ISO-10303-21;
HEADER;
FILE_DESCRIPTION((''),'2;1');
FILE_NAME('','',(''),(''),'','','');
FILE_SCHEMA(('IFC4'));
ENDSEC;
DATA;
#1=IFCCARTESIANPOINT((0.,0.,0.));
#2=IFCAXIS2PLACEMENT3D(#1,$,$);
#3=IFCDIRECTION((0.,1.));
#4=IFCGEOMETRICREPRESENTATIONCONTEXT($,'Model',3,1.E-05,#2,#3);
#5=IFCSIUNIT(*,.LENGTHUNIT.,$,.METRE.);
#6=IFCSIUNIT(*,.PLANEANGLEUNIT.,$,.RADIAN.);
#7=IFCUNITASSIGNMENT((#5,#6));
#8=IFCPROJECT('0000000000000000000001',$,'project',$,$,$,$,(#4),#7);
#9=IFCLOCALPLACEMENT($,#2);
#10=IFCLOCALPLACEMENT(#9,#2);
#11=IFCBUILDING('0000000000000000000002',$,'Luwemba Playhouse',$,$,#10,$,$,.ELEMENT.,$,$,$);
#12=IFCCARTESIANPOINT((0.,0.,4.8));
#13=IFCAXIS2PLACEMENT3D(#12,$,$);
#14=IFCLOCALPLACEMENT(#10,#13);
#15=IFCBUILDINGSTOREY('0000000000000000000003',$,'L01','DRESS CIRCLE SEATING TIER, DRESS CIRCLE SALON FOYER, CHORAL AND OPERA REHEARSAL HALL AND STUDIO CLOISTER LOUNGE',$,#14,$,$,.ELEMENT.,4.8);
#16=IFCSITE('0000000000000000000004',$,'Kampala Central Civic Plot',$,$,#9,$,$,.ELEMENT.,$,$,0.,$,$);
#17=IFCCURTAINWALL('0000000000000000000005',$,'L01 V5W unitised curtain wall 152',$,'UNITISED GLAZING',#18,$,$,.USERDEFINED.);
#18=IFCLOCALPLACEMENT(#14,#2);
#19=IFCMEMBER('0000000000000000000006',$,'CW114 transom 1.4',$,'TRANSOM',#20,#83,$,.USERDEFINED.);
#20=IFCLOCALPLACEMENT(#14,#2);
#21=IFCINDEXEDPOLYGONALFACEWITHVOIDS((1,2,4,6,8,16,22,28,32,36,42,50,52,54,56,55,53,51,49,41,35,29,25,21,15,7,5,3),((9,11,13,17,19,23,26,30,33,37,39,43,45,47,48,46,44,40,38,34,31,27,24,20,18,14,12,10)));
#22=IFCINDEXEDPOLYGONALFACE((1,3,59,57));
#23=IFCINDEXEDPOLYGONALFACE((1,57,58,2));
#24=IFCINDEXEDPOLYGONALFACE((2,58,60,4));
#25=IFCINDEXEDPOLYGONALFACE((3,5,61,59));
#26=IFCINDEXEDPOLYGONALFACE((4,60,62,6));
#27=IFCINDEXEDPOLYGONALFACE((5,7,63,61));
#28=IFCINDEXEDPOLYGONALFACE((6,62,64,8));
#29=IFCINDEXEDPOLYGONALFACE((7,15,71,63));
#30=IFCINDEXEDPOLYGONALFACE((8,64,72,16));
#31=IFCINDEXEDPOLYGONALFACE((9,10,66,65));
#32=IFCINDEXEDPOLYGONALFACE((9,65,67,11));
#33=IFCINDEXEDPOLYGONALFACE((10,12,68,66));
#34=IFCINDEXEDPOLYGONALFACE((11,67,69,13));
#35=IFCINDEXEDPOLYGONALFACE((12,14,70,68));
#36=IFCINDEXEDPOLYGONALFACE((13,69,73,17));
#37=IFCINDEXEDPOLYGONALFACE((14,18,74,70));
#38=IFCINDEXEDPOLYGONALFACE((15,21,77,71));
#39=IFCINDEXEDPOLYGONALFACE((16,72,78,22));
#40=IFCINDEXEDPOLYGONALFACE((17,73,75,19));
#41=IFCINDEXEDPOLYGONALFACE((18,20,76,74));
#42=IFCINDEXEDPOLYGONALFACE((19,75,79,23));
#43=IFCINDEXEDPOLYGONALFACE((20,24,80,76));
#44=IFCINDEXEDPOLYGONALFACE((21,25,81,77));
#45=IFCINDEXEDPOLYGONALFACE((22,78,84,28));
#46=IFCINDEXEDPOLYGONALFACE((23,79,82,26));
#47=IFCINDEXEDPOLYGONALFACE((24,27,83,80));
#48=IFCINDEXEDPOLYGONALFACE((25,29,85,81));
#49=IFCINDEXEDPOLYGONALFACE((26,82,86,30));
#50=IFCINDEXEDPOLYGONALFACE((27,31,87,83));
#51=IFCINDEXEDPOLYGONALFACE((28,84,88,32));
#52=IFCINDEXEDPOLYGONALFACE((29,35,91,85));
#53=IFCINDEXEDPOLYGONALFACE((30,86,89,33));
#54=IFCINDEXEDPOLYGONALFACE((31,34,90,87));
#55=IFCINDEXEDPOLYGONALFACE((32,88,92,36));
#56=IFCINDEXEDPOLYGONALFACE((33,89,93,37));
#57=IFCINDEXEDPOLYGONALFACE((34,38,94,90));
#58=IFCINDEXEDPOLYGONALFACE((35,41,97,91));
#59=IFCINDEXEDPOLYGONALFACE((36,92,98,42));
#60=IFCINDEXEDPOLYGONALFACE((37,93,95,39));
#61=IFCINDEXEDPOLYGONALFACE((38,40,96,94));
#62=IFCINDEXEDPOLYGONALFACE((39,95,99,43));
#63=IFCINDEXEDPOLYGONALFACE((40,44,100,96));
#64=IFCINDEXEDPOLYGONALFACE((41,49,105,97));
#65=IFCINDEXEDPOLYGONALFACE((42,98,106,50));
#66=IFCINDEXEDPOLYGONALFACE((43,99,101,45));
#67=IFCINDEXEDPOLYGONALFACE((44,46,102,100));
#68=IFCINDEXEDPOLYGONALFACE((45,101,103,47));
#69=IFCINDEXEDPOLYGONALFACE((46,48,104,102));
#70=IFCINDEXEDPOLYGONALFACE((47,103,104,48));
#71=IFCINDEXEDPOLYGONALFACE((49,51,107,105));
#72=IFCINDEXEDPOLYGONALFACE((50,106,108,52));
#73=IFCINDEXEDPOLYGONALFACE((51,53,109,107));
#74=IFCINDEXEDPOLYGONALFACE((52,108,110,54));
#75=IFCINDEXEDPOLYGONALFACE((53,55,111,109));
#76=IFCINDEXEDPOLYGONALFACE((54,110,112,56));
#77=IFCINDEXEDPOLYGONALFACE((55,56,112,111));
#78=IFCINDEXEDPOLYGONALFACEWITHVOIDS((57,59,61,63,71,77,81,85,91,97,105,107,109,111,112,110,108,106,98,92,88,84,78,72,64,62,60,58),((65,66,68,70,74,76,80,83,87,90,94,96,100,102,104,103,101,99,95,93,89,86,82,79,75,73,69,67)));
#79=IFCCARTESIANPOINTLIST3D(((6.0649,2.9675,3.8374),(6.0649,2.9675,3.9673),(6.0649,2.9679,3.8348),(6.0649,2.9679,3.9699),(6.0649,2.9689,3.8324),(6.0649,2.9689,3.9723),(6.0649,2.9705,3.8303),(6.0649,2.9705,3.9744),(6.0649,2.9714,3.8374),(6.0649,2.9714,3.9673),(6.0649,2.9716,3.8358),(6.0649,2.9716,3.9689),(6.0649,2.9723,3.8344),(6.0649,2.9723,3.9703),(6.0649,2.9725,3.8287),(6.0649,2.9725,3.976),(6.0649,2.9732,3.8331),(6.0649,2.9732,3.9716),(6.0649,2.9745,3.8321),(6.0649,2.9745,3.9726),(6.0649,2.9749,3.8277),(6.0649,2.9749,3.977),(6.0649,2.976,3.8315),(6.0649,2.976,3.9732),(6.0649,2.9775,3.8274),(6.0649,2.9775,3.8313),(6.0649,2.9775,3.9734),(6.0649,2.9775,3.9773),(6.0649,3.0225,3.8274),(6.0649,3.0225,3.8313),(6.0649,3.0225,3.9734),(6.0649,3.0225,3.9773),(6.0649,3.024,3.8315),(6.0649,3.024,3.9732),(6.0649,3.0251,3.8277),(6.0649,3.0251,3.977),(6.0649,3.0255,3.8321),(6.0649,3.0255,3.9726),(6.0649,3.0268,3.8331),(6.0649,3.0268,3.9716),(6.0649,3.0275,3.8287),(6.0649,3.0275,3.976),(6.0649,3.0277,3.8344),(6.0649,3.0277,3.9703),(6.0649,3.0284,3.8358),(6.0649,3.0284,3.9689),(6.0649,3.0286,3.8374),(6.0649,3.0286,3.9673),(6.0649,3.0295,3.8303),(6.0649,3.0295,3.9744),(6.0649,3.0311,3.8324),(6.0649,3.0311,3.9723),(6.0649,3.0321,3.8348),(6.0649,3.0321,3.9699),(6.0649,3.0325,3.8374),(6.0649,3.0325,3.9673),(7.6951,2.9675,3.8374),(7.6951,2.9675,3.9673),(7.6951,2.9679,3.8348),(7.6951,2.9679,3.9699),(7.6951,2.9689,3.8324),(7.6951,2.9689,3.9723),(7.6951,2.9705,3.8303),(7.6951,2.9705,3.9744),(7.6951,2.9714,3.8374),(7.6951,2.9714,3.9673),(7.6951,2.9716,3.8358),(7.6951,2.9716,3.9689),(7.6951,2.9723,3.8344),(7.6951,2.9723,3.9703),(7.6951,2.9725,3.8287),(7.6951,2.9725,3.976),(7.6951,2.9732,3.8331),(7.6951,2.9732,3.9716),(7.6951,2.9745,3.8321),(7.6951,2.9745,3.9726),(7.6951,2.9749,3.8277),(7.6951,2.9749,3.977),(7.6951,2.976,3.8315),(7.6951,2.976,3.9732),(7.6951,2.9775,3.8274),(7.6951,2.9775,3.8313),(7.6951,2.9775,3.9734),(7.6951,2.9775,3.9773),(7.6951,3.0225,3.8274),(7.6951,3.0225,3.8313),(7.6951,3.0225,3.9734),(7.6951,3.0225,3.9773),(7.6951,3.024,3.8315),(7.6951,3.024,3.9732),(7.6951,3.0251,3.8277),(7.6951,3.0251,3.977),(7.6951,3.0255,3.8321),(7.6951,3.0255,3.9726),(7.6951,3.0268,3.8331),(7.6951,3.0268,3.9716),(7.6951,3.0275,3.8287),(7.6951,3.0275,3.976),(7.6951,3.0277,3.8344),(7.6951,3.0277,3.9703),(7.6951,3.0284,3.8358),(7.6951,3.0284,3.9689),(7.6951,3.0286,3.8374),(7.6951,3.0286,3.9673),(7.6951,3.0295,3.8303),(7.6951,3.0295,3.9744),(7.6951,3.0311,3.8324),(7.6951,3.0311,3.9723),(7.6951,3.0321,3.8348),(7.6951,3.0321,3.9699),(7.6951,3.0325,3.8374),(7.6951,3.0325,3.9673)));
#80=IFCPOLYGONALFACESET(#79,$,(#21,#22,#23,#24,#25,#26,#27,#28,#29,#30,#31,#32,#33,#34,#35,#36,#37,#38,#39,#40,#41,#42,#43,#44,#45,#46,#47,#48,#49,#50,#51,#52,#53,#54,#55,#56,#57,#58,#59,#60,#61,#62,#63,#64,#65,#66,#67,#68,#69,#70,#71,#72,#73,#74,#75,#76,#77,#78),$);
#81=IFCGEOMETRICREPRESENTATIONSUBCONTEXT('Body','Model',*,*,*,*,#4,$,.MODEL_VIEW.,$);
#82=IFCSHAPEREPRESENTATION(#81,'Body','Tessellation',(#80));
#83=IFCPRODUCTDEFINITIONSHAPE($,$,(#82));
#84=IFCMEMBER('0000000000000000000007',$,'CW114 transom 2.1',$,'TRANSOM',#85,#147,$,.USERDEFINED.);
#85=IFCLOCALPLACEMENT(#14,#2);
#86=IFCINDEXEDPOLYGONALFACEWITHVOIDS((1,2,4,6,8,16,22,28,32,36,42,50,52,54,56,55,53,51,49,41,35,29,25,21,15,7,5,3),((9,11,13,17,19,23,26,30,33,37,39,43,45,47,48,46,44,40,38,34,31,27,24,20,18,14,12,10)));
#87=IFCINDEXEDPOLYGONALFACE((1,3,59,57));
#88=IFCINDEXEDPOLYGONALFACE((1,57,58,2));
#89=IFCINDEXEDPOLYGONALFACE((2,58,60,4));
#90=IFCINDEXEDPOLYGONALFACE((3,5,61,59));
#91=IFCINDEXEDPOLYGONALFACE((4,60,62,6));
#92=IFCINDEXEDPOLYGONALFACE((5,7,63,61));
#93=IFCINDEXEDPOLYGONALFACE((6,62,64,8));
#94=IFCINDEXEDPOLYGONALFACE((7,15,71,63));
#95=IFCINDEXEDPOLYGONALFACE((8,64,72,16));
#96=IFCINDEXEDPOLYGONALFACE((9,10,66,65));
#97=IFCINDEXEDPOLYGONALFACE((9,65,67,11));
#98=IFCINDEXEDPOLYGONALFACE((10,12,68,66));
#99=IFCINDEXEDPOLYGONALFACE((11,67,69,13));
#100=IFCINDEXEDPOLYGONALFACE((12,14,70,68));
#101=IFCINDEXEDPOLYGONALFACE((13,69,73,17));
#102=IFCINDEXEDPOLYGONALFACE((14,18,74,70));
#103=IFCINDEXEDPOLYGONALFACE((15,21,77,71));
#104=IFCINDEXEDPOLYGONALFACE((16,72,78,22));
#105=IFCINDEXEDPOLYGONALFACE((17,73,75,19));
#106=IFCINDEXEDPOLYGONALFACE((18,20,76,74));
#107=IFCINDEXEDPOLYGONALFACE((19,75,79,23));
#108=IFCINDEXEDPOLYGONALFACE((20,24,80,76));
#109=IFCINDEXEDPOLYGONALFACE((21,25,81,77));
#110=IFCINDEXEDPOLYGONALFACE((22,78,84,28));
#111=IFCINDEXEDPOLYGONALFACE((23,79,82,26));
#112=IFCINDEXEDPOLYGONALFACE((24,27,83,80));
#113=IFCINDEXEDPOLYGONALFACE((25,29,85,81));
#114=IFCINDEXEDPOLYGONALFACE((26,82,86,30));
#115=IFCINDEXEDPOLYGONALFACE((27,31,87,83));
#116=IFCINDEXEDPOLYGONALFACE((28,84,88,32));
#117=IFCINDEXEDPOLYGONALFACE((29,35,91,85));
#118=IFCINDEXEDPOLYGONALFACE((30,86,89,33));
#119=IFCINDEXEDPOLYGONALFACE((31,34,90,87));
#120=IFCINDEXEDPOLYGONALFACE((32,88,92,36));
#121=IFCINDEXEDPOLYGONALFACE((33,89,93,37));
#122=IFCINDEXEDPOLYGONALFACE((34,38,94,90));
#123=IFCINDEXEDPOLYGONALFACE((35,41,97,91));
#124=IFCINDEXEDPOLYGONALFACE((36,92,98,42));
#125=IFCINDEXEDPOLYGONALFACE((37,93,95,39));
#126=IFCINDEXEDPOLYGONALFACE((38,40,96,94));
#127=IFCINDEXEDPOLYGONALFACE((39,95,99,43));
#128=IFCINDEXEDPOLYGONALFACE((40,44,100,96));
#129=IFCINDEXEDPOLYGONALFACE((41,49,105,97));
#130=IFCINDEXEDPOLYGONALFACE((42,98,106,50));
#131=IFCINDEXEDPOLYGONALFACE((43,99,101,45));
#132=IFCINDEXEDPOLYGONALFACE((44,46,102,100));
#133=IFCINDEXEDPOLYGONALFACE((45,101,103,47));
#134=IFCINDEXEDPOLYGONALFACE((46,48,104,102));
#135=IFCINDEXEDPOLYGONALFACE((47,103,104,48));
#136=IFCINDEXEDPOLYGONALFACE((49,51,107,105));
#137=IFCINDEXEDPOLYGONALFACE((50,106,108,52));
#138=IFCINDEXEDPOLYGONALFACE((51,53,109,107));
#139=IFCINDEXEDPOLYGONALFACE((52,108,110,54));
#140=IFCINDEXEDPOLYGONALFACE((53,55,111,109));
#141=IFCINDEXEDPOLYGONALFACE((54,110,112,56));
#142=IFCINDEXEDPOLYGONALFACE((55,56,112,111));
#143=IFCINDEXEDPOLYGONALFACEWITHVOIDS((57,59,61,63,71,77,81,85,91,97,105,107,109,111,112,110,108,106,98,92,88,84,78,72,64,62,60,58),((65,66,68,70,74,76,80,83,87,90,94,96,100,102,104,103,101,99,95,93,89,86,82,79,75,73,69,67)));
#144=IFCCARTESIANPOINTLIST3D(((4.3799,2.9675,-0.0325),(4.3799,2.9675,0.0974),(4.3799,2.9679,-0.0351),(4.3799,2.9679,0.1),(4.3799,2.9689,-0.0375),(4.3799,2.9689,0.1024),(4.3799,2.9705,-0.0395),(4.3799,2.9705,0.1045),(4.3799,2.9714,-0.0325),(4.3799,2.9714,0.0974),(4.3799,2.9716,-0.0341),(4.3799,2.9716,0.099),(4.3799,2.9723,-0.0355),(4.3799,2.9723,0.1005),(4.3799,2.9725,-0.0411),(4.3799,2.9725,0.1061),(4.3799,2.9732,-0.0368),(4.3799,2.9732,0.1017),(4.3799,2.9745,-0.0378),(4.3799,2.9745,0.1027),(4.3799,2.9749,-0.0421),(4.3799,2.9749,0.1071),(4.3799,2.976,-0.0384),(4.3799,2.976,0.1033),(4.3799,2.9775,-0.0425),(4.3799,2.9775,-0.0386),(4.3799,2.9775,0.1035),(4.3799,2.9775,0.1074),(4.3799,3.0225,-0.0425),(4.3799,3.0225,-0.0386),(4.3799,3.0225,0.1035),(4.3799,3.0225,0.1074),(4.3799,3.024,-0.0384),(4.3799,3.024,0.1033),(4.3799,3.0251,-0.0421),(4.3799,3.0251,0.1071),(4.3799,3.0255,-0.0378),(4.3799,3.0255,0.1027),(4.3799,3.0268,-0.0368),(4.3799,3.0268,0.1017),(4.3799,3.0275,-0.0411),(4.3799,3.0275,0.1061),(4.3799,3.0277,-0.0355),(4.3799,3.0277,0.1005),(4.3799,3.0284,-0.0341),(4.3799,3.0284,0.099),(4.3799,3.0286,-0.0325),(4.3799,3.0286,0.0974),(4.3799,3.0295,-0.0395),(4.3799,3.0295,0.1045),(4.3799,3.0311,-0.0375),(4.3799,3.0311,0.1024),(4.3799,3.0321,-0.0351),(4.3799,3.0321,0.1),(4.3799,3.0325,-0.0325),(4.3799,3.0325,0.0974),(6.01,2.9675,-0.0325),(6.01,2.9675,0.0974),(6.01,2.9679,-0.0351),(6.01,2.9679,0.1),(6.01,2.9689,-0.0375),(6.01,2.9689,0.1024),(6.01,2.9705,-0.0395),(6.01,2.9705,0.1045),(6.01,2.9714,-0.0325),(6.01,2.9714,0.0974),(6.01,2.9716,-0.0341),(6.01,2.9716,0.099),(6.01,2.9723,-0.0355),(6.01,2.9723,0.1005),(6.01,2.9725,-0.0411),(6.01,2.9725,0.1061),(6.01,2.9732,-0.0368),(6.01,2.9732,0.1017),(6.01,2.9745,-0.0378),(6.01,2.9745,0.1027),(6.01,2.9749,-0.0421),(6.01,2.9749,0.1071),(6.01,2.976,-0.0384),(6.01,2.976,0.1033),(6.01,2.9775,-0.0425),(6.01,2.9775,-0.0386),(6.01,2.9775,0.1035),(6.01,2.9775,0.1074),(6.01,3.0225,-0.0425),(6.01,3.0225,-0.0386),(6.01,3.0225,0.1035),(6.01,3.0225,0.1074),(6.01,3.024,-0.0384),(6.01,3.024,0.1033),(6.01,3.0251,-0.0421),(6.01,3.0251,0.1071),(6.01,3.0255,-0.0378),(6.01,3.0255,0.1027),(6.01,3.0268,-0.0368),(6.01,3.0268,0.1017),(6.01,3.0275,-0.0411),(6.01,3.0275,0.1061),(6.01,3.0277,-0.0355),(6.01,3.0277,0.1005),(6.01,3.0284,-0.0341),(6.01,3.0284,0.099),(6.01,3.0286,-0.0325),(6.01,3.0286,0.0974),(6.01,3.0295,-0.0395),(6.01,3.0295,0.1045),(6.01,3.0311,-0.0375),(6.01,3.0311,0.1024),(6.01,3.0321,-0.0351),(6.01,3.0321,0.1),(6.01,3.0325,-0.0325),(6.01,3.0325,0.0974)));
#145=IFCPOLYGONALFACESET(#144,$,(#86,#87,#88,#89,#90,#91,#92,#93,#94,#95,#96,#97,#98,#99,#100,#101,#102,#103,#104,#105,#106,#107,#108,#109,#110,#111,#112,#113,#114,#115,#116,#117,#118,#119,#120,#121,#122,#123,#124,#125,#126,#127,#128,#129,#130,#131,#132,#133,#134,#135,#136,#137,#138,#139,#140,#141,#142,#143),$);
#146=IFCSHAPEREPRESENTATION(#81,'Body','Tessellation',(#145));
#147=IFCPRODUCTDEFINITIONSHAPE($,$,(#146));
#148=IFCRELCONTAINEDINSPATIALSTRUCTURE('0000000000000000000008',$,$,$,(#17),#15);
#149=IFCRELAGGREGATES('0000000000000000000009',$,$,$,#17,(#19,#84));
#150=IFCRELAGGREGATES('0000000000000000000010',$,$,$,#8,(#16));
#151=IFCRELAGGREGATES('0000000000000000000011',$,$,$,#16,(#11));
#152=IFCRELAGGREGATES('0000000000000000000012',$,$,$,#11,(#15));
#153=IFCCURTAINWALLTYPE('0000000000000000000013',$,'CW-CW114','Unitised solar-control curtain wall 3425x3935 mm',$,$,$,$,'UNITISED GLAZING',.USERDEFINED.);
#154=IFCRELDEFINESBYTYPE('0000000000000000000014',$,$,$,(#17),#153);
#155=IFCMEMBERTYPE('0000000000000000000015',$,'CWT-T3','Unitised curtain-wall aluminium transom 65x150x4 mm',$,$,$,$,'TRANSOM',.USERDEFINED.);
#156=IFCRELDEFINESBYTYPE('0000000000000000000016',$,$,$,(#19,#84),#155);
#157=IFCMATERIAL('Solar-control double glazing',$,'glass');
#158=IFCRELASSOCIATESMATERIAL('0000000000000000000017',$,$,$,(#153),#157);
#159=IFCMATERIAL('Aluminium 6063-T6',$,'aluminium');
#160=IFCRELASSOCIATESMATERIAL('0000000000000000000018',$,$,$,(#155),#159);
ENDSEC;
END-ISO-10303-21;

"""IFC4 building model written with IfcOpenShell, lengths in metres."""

from ifc_helpers import new_model, si_unit, direction, frame, origin, origin_2d, place, context, subcontext, project, spatial, hollow_rectangle, extrude, material, material_profile, profile_set, type_object, element, aggregate, save


model = new_model("IFC4")

# Units and contexts
model_context = context("Model", 3, precision=1e-05, world=origin(), true_north=direction((0.0, 1.0)))
body_context = subcontext(model_context, "Body", "Model", "MODEL_VIEW")
ifc_project = project(units=[si_unit("LENGTHUNIT", "METRE"), si_unit("PLANEANGLEUNIT", "RADIAN")], contexts=[model_context])

# Site, building, storey
site_placement = place(None, origin())
site = spatial("IfcSite", under=ifc_project, at=site_placement, Name="Kampala Central Civic Plot", CompositionType="ELEMENT", RefElevation=0.0)
building_placement = place(site_placement, origin())
building = spatial("IfcBuilding", under=site, at=building_placement, Name="Luwemba Playhouse", CompositionType="ELEMENT")
storey_placement = place(building_placement, frame((0.0, 0.0, 4.8)))
storey = spatial("IfcBuildingStorey", under=building, at=storey_placement, Name="L01", Description="DRESS CIRCLE SEATING TIER, DRESS CIRCLE SALON FOYER, CHORAL AND OPERA REHEARSAL HALL AND STUDIO CLOISTER LOUNGE", CompositionType="ELEMENT", Elevation=4.8)

# Curtain wall, members
ifc_material_1 = material(Name="Solar-control double glazing", Category="glass")
curtain_wall_type = type_object("IfcCurtainWallType", Name="CW-CW114", Description="Unitised solar-control curtain wall 3425x3935 mm", ElementType="UNITISED GLAZING", PredefinedType="USERDEFINED", material=ifc_material_1)
curtain_wall_placement = place(storey_placement, origin())
curtain_wall = element("IfcCurtainWall", 1, at=curtain_wall_placement, inside=storey, type_object=curtain_wall_type, Name="L01 V5W unitised curtain wall 152", ObjectType="UNITISED GLAZING", PredefinedType="USERDEFINED")
ifc_material_2 = material(Name="Aluminium 6063-T6", Category="aluminium")
ifc_material_profile_1 = material_profile(ifc_material_2, hollow_rectangle(XDim=0.0649, YDim=0.1499, WallThickness=0.0039, InnerFilletRadius=0.0061, OuterFilletRadius=0.01, at=origin_2d()))
ifc_profile_set_1 = profile_set([ifc_material_profile_1], Name="Aluminium 6063-T6")
member_type_1 = type_object("IfcMemberType", Name="CWT-T3", Description="Unitised curtain-wall aluminium transom 65x150x4 mm", ElementType="TRANSOM", PredefinedType="USERDEFINED", material=ifc_profile_set_1)
member_1_placement = place(storey_placement, frame((7.6951, 3.0, 3.9023), z_axis=(-1.0, 0.0, 0.0), x_axis=(0.0, -1.0, 0.0)))
member_1 = element("IfcMember", 2, at=member_1_placement, type_object=member_type_1, Name="CW114 transom 1.4", ObjectType="TRANSOM", PredefinedType="USERDEFINED", context=body_context, shape_type="SweptSolid", body=[
    extrude(hollow_rectangle(XDim=0.0649, YDim=0.1499, WallThickness=0.0039, InnerFilletRadius=0.0061, OuterFilletRadius=0.01, at=origin_2d()), origin(), (0.0, 0.0, 1.0), 1.6301),
])
member_2_placement = place(storey_placement, frame((6.01, 3.0, 0.0325), z_axis=(-1.0, 0.0, 0.0), x_axis=(0.0, -1.0, 0.0)))
member_2 = element("IfcMember", 3, at=member_2_placement, type_object=member_type_1, Name="CW114 transom 2.1", ObjectType="TRANSOM", PredefinedType="USERDEFINED", context=body_context, shape_type="SweptSolid", body=[
    extrude(hollow_rectangle(XDim=0.0649, YDim=0.1499, WallThickness=0.0039, InnerFilletRadius=0.0061, OuterFilletRadius=0.01, at=origin_2d()), origin(), (0.0, 0.0, 1.0), 1.6301),
])
aggregate(curtain_wall, [member_1, member_2])

save(model, "model.ifc")
